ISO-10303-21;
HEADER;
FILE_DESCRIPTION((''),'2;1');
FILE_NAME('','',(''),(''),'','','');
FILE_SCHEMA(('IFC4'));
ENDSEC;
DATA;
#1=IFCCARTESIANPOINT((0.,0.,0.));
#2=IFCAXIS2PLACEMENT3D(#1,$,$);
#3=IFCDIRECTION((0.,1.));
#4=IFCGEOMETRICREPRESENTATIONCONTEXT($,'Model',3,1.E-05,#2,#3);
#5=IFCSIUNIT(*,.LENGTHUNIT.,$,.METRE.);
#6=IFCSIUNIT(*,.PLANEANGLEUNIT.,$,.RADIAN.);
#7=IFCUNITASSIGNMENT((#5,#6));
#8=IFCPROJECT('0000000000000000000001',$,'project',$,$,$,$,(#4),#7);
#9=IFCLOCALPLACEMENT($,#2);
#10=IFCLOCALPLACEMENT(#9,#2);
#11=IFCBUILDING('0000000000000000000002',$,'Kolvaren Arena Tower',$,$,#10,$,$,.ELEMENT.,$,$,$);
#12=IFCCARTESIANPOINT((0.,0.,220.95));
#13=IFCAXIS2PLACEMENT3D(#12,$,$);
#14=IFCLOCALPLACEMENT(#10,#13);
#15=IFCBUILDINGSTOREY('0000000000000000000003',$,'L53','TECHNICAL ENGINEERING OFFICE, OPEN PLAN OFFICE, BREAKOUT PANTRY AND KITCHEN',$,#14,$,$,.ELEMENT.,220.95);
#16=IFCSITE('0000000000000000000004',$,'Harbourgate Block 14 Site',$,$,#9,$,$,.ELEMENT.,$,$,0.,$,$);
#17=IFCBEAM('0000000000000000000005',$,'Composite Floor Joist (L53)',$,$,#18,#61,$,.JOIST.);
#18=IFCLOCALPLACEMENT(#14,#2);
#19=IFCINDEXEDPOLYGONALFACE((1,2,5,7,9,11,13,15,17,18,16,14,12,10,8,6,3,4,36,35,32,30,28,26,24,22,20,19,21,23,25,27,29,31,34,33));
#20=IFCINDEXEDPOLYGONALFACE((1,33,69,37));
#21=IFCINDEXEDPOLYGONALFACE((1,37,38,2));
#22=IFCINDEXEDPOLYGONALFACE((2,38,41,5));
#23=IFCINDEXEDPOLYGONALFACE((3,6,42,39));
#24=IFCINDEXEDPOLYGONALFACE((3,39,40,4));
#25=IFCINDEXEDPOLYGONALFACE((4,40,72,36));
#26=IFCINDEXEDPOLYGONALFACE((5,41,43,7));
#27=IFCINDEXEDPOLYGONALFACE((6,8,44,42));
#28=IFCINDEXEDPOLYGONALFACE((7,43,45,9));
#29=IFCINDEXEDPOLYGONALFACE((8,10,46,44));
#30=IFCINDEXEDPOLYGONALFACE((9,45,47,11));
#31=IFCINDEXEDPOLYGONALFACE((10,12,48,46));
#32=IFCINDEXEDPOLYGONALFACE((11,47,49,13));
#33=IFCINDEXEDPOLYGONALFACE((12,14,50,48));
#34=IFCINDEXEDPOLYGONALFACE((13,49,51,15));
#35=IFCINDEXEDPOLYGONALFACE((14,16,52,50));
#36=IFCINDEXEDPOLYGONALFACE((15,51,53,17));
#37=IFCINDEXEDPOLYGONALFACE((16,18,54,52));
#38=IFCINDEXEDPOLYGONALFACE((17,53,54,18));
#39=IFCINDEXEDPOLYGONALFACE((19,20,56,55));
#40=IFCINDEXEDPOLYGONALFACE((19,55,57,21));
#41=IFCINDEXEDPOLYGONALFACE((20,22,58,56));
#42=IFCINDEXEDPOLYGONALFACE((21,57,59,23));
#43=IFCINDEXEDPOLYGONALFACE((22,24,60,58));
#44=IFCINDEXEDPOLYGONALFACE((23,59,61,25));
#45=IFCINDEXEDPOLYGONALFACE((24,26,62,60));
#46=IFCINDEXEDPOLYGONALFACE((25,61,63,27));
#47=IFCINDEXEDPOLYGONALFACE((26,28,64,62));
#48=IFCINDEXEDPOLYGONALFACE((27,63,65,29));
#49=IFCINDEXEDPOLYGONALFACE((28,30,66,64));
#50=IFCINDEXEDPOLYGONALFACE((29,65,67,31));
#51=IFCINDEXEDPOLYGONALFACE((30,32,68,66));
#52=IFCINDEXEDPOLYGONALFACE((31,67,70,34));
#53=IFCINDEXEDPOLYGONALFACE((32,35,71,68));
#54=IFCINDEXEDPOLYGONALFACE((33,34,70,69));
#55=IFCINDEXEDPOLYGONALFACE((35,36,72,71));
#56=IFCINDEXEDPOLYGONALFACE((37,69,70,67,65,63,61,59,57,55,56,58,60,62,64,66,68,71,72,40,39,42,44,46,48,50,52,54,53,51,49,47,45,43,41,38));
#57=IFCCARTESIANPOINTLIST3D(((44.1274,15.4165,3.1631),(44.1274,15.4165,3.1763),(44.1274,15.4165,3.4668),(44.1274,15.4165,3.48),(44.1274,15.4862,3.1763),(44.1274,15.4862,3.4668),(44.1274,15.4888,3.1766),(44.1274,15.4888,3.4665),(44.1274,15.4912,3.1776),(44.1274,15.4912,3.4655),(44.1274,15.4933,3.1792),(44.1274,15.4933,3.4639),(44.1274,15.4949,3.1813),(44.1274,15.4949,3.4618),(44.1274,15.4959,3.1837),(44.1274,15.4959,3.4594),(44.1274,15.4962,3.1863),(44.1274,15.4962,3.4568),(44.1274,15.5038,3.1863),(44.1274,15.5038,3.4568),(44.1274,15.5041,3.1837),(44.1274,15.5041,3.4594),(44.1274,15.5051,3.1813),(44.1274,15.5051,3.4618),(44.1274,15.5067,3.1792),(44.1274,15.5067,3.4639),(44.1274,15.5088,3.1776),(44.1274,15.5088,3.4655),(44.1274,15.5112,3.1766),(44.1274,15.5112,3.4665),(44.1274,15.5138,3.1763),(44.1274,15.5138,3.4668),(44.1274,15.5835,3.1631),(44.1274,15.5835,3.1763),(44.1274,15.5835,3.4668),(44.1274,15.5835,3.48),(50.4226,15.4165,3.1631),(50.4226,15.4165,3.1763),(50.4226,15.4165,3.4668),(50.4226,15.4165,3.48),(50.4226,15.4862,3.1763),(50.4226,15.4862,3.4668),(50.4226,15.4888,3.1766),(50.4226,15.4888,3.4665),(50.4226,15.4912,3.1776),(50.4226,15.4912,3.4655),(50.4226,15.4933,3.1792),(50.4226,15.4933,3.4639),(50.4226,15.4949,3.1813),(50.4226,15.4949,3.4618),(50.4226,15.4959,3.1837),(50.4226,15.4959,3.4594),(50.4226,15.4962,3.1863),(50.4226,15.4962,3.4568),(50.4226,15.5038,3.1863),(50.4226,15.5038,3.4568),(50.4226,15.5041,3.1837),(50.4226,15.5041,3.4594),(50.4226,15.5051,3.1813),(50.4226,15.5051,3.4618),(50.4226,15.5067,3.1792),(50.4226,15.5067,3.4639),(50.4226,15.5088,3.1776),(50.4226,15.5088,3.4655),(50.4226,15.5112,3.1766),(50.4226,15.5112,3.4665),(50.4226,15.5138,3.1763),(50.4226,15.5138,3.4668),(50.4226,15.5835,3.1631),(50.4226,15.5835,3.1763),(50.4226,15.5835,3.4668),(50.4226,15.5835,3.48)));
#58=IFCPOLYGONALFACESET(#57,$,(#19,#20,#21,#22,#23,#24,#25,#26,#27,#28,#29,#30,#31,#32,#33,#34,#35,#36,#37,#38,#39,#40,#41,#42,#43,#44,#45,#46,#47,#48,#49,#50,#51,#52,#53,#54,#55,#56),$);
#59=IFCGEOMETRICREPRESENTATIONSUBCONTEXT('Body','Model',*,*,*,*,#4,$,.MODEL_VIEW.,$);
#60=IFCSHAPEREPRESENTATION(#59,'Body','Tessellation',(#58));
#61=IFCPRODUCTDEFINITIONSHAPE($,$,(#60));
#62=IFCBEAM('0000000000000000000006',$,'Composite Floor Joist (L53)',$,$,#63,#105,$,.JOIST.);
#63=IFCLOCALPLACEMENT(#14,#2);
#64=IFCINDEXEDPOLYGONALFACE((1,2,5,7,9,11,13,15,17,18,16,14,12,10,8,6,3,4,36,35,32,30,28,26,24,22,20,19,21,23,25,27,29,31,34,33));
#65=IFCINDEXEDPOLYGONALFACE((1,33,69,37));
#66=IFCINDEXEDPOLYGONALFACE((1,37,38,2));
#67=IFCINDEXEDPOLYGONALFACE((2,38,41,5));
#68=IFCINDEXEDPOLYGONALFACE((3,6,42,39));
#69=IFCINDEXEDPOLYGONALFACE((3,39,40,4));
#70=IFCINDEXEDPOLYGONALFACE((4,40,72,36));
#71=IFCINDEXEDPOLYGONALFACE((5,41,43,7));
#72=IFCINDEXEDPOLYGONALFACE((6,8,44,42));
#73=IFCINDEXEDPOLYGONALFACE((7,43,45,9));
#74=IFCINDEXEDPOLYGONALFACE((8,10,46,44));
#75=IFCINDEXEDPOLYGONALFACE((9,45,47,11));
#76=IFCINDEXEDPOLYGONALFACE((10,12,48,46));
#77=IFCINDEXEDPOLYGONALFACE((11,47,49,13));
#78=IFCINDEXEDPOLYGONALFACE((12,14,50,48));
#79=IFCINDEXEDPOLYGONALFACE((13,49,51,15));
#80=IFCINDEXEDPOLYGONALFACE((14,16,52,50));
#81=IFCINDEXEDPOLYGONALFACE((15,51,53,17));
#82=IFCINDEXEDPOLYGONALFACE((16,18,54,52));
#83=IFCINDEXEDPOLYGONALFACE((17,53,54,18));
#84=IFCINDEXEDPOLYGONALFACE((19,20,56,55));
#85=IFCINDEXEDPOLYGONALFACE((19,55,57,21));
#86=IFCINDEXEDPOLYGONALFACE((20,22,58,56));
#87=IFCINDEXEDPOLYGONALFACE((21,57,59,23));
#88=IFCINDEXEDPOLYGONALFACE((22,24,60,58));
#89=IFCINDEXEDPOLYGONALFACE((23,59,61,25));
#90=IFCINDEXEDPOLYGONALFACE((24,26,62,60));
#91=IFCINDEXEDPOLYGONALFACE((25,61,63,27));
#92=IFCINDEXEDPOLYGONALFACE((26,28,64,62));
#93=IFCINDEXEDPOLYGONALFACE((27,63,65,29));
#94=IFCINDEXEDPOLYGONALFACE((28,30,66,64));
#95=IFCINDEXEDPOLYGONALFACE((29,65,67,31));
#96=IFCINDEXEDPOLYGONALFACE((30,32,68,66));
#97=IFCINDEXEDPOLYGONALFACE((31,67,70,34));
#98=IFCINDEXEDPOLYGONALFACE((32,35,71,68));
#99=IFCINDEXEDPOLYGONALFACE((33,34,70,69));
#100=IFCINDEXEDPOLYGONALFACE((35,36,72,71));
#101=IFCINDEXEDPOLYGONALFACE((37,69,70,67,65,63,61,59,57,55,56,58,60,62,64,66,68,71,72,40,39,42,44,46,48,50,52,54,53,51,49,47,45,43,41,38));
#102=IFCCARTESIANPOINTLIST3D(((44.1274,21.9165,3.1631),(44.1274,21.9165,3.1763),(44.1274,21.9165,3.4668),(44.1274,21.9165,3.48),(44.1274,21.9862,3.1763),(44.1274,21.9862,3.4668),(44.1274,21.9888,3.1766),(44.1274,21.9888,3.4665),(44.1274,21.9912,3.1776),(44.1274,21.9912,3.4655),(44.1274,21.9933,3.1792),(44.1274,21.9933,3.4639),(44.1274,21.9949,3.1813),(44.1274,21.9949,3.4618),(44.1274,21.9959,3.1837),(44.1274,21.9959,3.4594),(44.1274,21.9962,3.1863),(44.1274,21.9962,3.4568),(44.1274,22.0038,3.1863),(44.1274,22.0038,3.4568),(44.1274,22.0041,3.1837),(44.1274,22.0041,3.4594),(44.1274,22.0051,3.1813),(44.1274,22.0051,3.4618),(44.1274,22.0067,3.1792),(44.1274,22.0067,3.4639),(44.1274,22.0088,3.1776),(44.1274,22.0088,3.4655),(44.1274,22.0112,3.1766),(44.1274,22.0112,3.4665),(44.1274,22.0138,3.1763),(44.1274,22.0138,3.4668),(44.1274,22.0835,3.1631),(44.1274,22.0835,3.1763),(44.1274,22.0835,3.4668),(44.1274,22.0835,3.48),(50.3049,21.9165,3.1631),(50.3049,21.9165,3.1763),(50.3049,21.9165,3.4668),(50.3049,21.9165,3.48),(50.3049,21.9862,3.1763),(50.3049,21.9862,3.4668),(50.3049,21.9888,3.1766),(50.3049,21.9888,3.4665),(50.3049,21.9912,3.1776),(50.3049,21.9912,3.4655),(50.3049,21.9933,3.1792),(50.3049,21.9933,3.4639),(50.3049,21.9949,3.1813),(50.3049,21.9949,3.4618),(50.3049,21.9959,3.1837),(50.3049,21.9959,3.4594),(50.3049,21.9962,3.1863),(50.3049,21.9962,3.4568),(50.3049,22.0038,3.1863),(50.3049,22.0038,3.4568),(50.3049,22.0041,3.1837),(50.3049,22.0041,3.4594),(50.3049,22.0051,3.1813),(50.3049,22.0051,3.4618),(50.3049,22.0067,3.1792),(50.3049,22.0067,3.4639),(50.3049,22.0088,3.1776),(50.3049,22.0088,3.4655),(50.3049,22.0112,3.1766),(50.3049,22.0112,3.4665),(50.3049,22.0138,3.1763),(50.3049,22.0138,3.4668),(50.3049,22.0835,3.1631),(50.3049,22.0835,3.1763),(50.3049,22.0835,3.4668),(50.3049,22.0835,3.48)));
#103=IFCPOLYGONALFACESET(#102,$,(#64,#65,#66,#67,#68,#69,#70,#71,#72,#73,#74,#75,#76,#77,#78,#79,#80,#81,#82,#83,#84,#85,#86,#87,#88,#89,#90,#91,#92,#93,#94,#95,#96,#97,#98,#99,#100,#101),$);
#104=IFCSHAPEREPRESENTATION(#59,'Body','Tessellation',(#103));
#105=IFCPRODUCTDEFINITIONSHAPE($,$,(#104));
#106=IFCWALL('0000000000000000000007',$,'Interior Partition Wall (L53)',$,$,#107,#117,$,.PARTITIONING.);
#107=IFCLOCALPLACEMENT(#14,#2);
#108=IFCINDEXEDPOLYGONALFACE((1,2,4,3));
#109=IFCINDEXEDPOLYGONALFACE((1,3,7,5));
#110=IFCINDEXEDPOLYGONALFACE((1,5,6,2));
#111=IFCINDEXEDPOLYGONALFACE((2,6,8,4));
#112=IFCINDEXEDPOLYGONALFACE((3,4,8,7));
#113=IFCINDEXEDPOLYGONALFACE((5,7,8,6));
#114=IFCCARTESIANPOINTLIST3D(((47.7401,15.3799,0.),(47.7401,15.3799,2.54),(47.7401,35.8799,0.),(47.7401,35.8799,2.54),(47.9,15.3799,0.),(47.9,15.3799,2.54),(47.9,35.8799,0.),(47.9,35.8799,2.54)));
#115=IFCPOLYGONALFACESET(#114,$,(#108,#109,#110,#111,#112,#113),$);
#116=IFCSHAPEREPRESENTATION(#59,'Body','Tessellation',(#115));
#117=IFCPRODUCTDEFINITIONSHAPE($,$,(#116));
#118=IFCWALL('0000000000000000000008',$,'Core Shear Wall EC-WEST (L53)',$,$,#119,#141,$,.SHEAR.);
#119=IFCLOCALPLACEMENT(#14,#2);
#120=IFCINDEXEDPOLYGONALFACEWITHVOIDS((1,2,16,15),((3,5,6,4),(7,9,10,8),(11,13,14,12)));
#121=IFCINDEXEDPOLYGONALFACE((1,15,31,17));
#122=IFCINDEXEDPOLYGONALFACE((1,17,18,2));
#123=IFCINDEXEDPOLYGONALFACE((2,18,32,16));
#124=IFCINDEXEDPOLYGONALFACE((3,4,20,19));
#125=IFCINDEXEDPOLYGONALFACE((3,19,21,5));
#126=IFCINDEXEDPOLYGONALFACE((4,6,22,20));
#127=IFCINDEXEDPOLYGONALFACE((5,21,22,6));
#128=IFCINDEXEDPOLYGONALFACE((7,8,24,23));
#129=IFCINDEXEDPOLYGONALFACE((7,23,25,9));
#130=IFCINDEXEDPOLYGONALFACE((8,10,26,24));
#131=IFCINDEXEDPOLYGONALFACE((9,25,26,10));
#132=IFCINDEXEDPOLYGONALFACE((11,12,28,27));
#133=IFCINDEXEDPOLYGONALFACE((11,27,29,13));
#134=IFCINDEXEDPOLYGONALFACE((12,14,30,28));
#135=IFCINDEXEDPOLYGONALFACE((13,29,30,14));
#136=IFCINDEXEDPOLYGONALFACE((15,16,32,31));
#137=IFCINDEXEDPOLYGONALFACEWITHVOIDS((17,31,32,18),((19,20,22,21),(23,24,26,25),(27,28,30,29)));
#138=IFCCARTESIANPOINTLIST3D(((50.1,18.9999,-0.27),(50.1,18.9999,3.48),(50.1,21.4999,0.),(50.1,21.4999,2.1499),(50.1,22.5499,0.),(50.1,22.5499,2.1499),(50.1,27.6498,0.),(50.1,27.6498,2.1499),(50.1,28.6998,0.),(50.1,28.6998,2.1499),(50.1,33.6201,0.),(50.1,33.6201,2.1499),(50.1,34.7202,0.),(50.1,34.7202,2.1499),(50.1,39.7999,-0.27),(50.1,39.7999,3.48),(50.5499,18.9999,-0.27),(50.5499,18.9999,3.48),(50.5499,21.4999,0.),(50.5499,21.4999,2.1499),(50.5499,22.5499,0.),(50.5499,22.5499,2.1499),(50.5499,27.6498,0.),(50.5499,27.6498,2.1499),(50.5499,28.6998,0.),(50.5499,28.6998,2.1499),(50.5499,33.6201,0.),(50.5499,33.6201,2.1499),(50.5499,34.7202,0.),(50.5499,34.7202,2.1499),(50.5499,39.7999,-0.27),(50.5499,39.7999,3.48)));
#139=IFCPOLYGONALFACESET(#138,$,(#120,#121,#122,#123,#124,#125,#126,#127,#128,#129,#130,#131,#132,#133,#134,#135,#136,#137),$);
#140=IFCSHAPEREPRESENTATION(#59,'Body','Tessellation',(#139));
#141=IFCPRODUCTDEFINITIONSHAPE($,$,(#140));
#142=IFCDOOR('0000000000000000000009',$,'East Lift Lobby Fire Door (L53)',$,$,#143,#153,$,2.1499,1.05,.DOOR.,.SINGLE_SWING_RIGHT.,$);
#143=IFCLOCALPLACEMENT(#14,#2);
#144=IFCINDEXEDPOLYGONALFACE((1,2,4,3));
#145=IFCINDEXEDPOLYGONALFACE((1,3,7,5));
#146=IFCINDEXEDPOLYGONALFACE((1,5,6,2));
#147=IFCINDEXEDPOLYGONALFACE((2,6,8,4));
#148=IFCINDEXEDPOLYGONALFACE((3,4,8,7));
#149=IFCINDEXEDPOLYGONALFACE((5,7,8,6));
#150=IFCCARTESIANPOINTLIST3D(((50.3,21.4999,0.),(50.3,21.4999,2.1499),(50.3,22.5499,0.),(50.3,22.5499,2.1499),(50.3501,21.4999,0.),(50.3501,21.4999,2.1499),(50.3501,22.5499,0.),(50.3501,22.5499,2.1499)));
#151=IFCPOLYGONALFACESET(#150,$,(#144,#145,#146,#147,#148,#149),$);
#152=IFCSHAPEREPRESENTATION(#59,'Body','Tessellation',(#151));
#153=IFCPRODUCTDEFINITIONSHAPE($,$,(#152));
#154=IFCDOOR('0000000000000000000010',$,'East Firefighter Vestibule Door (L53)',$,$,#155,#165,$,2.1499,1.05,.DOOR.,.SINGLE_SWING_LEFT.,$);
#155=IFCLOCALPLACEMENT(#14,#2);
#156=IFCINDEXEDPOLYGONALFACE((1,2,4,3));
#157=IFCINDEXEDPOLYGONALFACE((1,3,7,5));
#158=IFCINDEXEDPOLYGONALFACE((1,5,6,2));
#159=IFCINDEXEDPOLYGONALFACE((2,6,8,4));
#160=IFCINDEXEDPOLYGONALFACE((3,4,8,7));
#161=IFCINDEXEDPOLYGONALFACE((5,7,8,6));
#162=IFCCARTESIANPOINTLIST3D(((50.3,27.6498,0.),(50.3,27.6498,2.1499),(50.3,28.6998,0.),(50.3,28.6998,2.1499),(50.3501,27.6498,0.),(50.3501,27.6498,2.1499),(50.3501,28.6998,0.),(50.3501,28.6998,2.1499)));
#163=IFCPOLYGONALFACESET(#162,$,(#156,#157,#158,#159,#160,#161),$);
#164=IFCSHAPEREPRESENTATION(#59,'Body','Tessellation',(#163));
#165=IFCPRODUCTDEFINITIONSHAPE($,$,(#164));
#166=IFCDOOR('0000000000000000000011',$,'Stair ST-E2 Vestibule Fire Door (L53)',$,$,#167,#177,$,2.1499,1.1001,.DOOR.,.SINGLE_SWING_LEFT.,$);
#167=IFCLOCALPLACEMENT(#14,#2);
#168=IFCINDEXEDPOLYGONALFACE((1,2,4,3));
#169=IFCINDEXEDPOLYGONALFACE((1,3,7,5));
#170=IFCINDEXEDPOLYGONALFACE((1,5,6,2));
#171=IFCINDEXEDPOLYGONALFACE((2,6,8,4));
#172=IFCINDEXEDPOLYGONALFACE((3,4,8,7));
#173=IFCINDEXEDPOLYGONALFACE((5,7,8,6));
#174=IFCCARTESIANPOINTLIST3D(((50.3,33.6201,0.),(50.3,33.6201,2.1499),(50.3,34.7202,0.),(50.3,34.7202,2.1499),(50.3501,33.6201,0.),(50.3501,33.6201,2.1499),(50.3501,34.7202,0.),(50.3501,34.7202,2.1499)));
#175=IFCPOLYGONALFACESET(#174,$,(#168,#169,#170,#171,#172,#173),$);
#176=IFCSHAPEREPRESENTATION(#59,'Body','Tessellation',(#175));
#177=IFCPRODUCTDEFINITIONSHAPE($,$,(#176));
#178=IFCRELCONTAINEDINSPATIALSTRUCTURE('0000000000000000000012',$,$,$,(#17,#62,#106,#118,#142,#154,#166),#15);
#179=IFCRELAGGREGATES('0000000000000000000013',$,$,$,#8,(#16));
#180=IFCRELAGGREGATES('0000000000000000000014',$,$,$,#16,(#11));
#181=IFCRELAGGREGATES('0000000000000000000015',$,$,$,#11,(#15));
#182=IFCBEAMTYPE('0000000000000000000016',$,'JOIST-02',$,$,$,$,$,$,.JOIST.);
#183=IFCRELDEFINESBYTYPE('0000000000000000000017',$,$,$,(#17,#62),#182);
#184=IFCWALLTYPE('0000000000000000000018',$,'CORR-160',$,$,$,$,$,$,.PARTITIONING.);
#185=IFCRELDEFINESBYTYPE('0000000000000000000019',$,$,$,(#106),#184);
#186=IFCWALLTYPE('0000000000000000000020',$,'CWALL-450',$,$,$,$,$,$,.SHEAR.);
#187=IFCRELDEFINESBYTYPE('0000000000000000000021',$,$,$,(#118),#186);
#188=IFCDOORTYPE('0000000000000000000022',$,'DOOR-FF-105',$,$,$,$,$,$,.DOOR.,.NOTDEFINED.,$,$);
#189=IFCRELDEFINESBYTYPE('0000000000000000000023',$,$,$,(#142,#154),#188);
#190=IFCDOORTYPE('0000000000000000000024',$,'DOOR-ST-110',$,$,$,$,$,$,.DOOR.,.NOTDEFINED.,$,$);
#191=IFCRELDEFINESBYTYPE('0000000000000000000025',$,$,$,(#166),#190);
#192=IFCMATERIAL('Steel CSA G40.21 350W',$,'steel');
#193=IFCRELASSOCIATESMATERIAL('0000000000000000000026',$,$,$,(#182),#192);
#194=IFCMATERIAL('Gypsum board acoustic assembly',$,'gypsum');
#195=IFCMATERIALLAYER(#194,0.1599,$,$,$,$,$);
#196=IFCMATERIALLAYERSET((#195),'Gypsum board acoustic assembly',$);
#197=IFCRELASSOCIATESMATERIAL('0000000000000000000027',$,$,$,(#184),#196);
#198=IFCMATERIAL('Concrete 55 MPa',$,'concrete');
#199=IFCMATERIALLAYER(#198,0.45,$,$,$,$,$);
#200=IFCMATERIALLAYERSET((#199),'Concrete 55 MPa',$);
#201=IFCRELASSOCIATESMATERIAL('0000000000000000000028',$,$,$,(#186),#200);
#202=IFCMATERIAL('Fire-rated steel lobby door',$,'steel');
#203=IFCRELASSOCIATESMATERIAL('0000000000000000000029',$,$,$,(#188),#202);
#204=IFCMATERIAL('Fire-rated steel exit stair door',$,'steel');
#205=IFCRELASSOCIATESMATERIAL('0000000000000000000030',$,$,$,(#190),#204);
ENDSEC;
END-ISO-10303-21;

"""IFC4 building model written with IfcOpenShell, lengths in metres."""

from ifc_helpers import new_model, si_unit, direction, frame, frame_2d, origin, origin_2d, place, context, subcontext, project, spatial, rectangle, i_section, extrude, material, layer, layer_set, material_profile, profile_set, type_object, element, fill, save


model = new_model("IFC4")

# Units and contexts
model_context = context("Model", 3, precision=1e-05, world=origin(), true_north=direction((0.0, 1.0)))
body_context = subcontext(model_context, "Body", "Model", "MODEL_VIEW")
ifc_project = project(units=[si_unit("LENGTHUNIT", "METRE"), si_unit("PLANEANGLEUNIT", "RADIAN")], contexts=[model_context])

# Site, building, storey
site_placement = place(None, origin())
site = spatial("IfcSite", under=ifc_project, at=site_placement, Name="Harbourgate Block 14 Site", CompositionType="ELEMENT", RefElevation=0.0)
building_placement = place(site_placement, origin())
building = spatial("IfcBuilding", under=site, at=building_placement, Name="Kolvaren Arena Tower", CompositionType="ELEMENT")
storey_placement = place(building_placement, frame((0.0, 0.0, 220.95)))
storey = spatial("IfcBuildingStorey", under=building, at=storey_placement, Name="L53", Description="TECHNICAL ENGINEERING OFFICE, OPEN PLAN OFFICE, BREAKOUT PANTRY AND KITCHEN", CompositionType="ELEMENT", Elevation=220.95)

# Beams
ifc_material_1 = material(Name="Steel CSA G40.21 350W", Category="steel")
ifc_material_profile_1 = material_profile(ifc_material_1, i_section(OverallWidth=0.167, OverallDepth=0.3169, WebThickness=0.0076, FlangeThickness=0.0132, FilletRadius=0.01, at=origin_2d()), Name="W310x52")
ifc_profile_set_1 = profile_set([ifc_material_profile_1], Name="Steel CSA G40.21 350W")
beam_type_1 = type_object("IfcBeamType", Name="JOIST-02", PredefinedType="JOIST", material=ifc_profile_set_1)
beam_1_placement = place(storey_placement, frame((44.1274, 15.5, 3.3215), z_axis=(1.0, 0.0, 0.0), x_axis=(0.0, 1.0, 0.0)))
element("IfcBeam", 1, at=beam_1_placement, inside=storey, type_object=beam_type_1, Name="Composite Floor Joist (L53)", PredefinedType="JOIST", context=body_context, shape_type="SweptSolid", body=[
    extrude(i_section(OverallWidth=0.167, OverallDepth=0.3169, WebThickness=0.0076, FlangeThickness=0.0132, FilletRadius=0.01, at=origin_2d()), origin(), (0.0, 0.0, 1.0), 6.2952),
])
beam_2_placement = place(storey_placement, frame((44.1274, 22.0, 3.3215), z_axis=(1.0, 0.0, 0.0), x_axis=(0.0, 1.0, 0.0)))
element("IfcBeam", 2, at=beam_2_placement, inside=storey, type_object=beam_type_1, Name="Composite Floor Joist (L53)", PredefinedType="JOIST", context=body_context, shape_type="SweptSolid", body=[
    extrude(i_section(OverallWidth=0.167, OverallDepth=0.3169, WebThickness=0.0076, FlangeThickness=0.0132, FilletRadius=0.01, at=origin_2d()), origin(), (0.0, 0.0, 1.0), 6.1775),
])

# Wall
ifc_material_2 = material(Name="Gypsum board acoustic assembly", Category="gypsum")
ifc_layer_1 = layer(ifc_material_2, 0.1599)
ifc_layer_set_1 = layer_set([ifc_layer_1], Name="Gypsum board acoustic assembly")
wall_type_1 = type_object("IfcWallType", Name="CORR-160", PredefinedType="PARTITIONING", material=ifc_layer_set_1)
wall_1_placement = place(storey_placement, frame((47.8201, 15.3799, 0.0), z_axis=(0.0, 0.0, 1.0), x_axis=(0.0, 1.0, 0.0)))
element("IfcWall", 3, at=wall_1_placement, inside=storey, type_object=wall_type_1, Name="Interior Partition Wall (L53)", PredefinedType="PARTITIONING", context=body_context, shape_type="SweptSolid", body=[
    extrude(rectangle(XDim=20.5, YDim=0.1599, at=frame_2d((10.25, 0.0))), origin(), (0.0, 0.0, 1.0), 2.54),
])

# Wall, openings, doors
ifc_material_3 = material(Name="Concrete 55 MPa", Category="concrete")
ifc_layer_2 = layer(ifc_material_3, 0.45)
ifc_layer_set_2 = layer_set([ifc_layer_2], Name="Concrete 55 MPa")
wall_type_2 = type_object("IfcWallType", Name="CWALL-450", PredefinedType="SHEAR", material=ifc_layer_set_2)
wall_2_placement = place(storey_placement, frame((50.325, 19.0, -0.27), z_axis=(0.0, 0.0, 1.0), x_axis=(0.0, 1.0, 0.0)))
wall_2 = element("IfcWall", 4, at=wall_2_placement, inside=storey, type_object=wall_type_2, Name="Core Shear Wall EC-WEST (L53)", PredefinedType="SHEAR", context=body_context, shape_type="SweptSolid", body=[
    extrude(rectangle(XDim=20.8, YDim=0.45, at=frame_2d((10.3999, 0.0))), origin(), (0.0, 0.0, 1.0), 3.75),
])
opening_1_placement = place(wall_2_placement, frame((2.5, 0.0, 0.27)))
opening_1 = element("IfcOpeningElement", 5, at=opening_1_placement, cuts=wall_2, PredefinedType="OPENING", context=body_context, shape_type="SweptSolid", body=[
    extrude(rectangle(XDim=1.05, YDim=2.1499, at=frame_2d((0.5249, 1.075))), frame((0.0, 0.2349, 0.0), z_axis=(0.0, -1.0, 0.0), x_axis=(1.0, 0.0, 0.0)), (0.0, 0.0, 1.0), 0.47),
])
opening_2_placement = place(wall_2_placement, frame((8.6499, 0.0, 0.27)))
opening_2 = element("IfcOpeningElement", 6, at=opening_2_placement, cuts=wall_2, PredefinedType="OPENING", context=body_context, shape_type="SweptSolid", body=[
    extrude(rectangle(XDim=1.05, YDim=2.1499, at=frame_2d((0.5249, 1.075))), frame((0.0, 0.2349, 0.0), z_axis=(0.0, -1.0, 0.0), x_axis=(1.0, 0.0, 0.0)), (0.0, 0.0, 1.0), 0.47),
])
opening_3_placement = place(wall_2_placement, frame((14.6201, 0.0, 0.27)))
opening_3 = element("IfcOpeningElement", 7, at=opening_3_placement, cuts=wall_2, PredefinedType="OPENING", context=body_context, shape_type="SweptSolid", body=[
    extrude(rectangle(XDim=1.1001, YDim=2.1499, at=frame_2d((0.55, 1.075))), frame((0.0, 0.2349, 0.0), z_axis=(0.0, -1.0, 0.0), x_axis=(1.0, 0.0, 0.0)), (0.0, 0.0, 1.0), 0.47),
])
ifc_material_4 = material(Name="Fire-rated steel lobby door", Category="steel")
door_type_1 = type_object("IfcDoorType", Name="DOOR-FF-105", OperationType="NOTDEFINED", PredefinedType="DOOR", material=ifc_material_4)
door_1_placement = place(opening_1_placement, origin())
door_1 = element("IfcDoor", 8, at=door_1_placement, inside=storey, type_object=door_type_1, Name="East Lift Lobby Fire Door (L53)", OperationType="SINGLE_SWING_RIGHT", OverallHeight=2.1499, OverallWidth=1.05, PredefinedType="DOOR", context=body_context, shape_type="SweptSolid", body=[
    extrude(rectangle(XDim=1.05, YDim=2.1499, at=frame_2d((0.5249, 1.075))), frame((0.0, 0.0249, 0.0), z_axis=(0.0, -1.0, 0.0), x_axis=(1.0, 0.0, 0.0)), (0.0, 0.0, 1.0), 0.05),
])
fill(opening_1, door_1)
door_2_placement = place(opening_2_placement, origin())
door_2 = element("IfcDoor", 9, at=door_2_placement, inside=storey, type_object=door_type_1, Name="East Firefighter Vestibule Door (L53)", OperationType="SINGLE_SWING_LEFT", OverallHeight=2.1499, OverallWidth=1.05, PredefinedType="DOOR", context=body_context, shape_type="SweptSolid", body=[
    extrude(rectangle(XDim=1.05, YDim=2.1499, at=frame_2d((0.5249, 1.075))), frame((0.0, 0.0249, 0.0), z_axis=(0.0, -1.0, 0.0), x_axis=(1.0, 0.0, 0.0)), (0.0, 0.0, 1.0), 0.05),
])
fill(opening_2, door_2)
ifc_material_5 = material(Name="Fire-rated steel exit stair door", Category="steel")
door_type_2 = type_object("IfcDoorType", Name="DOOR-ST-110", OperationType="NOTDEFINED", PredefinedType="DOOR", material=ifc_material_5)
door_3_placement = place(opening_3_placement, origin())
door_3 = element("IfcDoor", 10, at=door_3_placement, inside=storey, type_object=door_type_2, Name="Stair ST-E2 Vestibule Fire Door (L53)", OperationType="SINGLE_SWING_LEFT", OverallHeight=2.1499, OverallWidth=1.1001, PredefinedType="DOOR", context=body_context, shape_type="SweptSolid", body=[
    extrude(rectangle(XDim=1.1001, YDim=2.1499, at=frame_2d((0.55, 1.075))), frame((0.0, 0.0249, 0.0), z_axis=(0.0, -1.0, 0.0), x_axis=(1.0, 0.0, 0.0)), (0.0, 0.0, 1.0), 0.05),
])
fill(opening_3, door_3)

save(model, "model.ifc")
